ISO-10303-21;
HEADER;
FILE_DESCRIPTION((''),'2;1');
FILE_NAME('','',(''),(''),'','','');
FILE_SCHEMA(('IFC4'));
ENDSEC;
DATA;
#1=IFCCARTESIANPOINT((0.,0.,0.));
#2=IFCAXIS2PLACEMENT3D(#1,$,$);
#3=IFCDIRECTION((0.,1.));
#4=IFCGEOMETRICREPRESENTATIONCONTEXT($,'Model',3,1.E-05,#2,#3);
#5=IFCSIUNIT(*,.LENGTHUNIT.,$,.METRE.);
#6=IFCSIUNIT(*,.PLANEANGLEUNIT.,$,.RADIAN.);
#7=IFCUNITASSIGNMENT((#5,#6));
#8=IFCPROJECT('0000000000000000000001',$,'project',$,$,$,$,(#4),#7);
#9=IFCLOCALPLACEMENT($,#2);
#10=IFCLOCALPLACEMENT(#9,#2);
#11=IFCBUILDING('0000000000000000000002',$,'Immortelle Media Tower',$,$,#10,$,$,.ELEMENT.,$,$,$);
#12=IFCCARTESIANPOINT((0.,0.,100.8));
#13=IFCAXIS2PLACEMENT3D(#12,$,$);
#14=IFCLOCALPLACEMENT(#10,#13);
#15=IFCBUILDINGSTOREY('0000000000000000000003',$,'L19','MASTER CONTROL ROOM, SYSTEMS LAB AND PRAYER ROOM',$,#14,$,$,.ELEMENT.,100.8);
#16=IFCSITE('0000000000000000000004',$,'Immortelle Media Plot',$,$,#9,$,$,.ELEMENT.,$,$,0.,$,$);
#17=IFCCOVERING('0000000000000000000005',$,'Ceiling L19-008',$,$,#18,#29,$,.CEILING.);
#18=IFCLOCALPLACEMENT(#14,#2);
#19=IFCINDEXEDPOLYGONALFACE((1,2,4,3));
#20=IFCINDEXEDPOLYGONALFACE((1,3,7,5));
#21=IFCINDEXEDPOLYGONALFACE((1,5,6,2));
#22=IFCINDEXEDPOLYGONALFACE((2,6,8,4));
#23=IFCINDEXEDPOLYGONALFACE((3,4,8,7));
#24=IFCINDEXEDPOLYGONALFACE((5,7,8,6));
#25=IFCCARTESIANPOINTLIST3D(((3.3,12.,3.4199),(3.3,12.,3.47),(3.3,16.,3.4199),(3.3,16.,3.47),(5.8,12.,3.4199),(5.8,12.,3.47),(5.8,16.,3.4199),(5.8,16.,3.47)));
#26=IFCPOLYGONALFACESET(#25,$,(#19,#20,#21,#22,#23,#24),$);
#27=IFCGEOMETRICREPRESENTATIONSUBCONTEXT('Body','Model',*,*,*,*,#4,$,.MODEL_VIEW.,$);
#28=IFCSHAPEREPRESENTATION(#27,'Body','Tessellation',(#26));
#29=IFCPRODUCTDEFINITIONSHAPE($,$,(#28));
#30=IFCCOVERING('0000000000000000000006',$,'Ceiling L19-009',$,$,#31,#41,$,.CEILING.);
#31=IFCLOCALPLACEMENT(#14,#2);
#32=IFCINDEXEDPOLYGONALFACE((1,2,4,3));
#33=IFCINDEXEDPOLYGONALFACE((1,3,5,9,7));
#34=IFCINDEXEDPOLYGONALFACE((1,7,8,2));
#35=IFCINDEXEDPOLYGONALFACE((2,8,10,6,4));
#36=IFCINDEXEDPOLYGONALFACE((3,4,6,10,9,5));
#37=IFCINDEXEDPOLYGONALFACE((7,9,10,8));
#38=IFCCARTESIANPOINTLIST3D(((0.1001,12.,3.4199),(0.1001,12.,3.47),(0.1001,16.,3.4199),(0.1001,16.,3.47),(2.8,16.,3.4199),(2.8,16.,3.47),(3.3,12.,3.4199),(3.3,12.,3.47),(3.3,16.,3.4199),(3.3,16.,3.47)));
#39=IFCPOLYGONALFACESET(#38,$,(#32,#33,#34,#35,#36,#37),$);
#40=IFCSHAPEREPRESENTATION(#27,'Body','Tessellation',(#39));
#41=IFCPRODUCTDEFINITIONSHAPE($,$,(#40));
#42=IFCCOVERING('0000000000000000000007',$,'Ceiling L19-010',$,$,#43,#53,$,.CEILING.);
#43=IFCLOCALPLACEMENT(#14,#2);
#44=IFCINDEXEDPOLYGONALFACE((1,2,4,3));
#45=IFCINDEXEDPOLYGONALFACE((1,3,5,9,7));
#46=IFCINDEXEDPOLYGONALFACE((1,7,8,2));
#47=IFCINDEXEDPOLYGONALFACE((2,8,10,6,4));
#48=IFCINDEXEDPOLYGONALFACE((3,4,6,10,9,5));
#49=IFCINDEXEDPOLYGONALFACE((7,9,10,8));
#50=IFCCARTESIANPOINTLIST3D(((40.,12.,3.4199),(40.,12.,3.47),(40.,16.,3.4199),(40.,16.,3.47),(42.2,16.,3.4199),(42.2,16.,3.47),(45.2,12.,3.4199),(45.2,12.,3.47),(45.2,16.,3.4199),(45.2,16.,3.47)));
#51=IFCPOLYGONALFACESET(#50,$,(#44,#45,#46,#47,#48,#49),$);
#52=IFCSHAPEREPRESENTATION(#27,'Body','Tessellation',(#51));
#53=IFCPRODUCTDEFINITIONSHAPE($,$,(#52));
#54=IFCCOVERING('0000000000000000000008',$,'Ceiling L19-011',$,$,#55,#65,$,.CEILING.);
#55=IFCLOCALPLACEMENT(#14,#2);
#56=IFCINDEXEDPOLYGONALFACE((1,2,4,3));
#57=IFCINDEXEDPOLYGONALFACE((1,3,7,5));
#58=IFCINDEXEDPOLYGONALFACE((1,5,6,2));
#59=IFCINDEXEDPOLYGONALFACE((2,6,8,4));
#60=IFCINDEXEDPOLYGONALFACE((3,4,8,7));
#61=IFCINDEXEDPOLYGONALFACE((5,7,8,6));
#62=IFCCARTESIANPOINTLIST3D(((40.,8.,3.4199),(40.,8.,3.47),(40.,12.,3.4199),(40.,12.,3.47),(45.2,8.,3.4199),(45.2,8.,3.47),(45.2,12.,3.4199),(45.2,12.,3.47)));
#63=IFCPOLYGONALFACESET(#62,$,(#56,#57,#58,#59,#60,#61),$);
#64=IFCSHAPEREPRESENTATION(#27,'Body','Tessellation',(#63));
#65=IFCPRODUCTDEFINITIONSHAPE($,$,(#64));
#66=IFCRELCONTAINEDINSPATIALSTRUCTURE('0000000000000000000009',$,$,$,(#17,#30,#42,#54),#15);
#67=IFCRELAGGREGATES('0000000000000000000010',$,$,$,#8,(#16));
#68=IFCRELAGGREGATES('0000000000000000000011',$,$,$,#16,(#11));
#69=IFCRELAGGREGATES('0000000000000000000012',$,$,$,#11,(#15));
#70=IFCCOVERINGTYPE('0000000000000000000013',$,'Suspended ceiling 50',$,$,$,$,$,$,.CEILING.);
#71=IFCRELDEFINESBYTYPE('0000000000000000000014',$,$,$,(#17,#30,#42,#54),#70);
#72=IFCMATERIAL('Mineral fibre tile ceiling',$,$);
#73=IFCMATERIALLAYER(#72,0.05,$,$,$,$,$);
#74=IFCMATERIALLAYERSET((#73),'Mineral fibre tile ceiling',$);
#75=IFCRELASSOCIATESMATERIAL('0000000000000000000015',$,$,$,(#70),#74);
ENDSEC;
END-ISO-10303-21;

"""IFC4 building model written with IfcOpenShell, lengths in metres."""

from ifc_helpers import new_model, si_unit, direction, frame, origin, place, context, subcontext, project, spatial, polyline, outline, extrude, material, layer, layer_set, type_object, element, save


model = new_model("IFC4")

# Units and contexts
model_context = context("Model", 3, precision=1e-05, world=origin(), true_north=direction((0.0, 1.0)))
body_context = subcontext(model_context, "Body", "Model", "MODEL_VIEW")
ifc_project = project(units=[si_unit("LENGTHUNIT", "METRE"), si_unit("PLANEANGLEUNIT", "RADIAN")], contexts=[model_context])

# Site, building, storey
site_placement = place(None, origin())
site = spatial("IfcSite", under=ifc_project, at=site_placement, Name="Immortelle Media Plot", CompositionType="ELEMENT", RefElevation=0.0)
building_placement = place(site_placement, origin())
building = spatial("IfcBuilding", under=site, at=building_placement, Name="Immortelle Media Tower", CompositionType="ELEMENT")
storey_placement = place(building_placement, frame((0.0, 0.0, 100.8)))
storey = spatial("IfcBuildingStorey", under=building, at=storey_placement, Name="L19", Description="MASTER CONTROL ROOM, SYSTEMS LAB AND PRAYER ROOM", CompositionType="ELEMENT", Elevation=100.8)

# Coverings
ifc_material_1 = material(Name="Mineral fibre tile ceiling")
ifc_layer_1 = layer(ifc_material_1, 0.05)
ifc_layer_set_1 = layer_set([ifc_layer_1], Name="Mineral fibre tile ceiling")
covering_type = type_object("IfcCoveringType", Name="Suspended ceiling 50", PredefinedType="CEILING", material=ifc_layer_set_1)
covering_1_placement = place(storey_placement, frame((0.0, 0.0, 3.4199)))
element("IfcCovering", 1, at=covering_1_placement, inside=storey, type_object=covering_type, Name="Ceiling L19-008", PredefinedType="CEILING", context=body_context, shape_type="SweptSolid", body=[
    extrude(outline(polyline([(5.8, 16.0), (5.8, 12.0), (3.3, 12.0), (3.3, 16.0), (5.8, 16.0)])), origin(), (0.0, 0.0, 1.0), 0.05),
])
covering_2_placement = place(storey_placement, frame((0.0, 0.0, 3.4199)))
element("IfcCovering", 2, at=covering_2_placement, inside=storey, type_object=covering_type, Name="Ceiling L19-009", PredefinedType="CEILING", context=body_context, shape_type="SweptSolid", body=[
    extrude(outline(polyline([(2.8, 16.0), (3.3, 16.0), (3.3, 12.0), (0.1001, 12.0), (0.1001, 16.0), (2.8, 16.0)])), origin(), (0.0, 0.0, 1.0), 0.05),
])
covering_3_placement = place(storey_placement, frame((0.0, 0.0, 3.4199)))
element("IfcCovering", 3, at=covering_3_placement, inside=storey, type_object=covering_type, Name="Ceiling L19-010", PredefinedType="CEILING", context=body_context, shape_type="SweptSolid", body=[
    extrude(outline(polyline([(40.0, 16.0), (42.2, 16.0), (45.2, 16.0), (45.2, 12.0), (40.0, 12.0), (40.0, 16.0)])), origin(), (0.0, 0.0, 1.0), 0.05),
])
covering_4_placement = place(storey_placement, frame((0.0, 0.0, 3.4199)))
element("IfcCovering", 4, at=covering_4_placement, inside=storey, type_object=covering_type, Name="Ceiling L19-011", PredefinedType="CEILING", context=body_context, shape_type="SweptSolid", body=[
    extrude(outline(polyline([(40.0, 8.0), (40.0, 12.0), (45.2, 12.0), (45.2, 8.0), (40.0, 8.0)])), origin(), (0.0, 0.0, 1.0), 0.05),
])

save(model, "model.ifc")
